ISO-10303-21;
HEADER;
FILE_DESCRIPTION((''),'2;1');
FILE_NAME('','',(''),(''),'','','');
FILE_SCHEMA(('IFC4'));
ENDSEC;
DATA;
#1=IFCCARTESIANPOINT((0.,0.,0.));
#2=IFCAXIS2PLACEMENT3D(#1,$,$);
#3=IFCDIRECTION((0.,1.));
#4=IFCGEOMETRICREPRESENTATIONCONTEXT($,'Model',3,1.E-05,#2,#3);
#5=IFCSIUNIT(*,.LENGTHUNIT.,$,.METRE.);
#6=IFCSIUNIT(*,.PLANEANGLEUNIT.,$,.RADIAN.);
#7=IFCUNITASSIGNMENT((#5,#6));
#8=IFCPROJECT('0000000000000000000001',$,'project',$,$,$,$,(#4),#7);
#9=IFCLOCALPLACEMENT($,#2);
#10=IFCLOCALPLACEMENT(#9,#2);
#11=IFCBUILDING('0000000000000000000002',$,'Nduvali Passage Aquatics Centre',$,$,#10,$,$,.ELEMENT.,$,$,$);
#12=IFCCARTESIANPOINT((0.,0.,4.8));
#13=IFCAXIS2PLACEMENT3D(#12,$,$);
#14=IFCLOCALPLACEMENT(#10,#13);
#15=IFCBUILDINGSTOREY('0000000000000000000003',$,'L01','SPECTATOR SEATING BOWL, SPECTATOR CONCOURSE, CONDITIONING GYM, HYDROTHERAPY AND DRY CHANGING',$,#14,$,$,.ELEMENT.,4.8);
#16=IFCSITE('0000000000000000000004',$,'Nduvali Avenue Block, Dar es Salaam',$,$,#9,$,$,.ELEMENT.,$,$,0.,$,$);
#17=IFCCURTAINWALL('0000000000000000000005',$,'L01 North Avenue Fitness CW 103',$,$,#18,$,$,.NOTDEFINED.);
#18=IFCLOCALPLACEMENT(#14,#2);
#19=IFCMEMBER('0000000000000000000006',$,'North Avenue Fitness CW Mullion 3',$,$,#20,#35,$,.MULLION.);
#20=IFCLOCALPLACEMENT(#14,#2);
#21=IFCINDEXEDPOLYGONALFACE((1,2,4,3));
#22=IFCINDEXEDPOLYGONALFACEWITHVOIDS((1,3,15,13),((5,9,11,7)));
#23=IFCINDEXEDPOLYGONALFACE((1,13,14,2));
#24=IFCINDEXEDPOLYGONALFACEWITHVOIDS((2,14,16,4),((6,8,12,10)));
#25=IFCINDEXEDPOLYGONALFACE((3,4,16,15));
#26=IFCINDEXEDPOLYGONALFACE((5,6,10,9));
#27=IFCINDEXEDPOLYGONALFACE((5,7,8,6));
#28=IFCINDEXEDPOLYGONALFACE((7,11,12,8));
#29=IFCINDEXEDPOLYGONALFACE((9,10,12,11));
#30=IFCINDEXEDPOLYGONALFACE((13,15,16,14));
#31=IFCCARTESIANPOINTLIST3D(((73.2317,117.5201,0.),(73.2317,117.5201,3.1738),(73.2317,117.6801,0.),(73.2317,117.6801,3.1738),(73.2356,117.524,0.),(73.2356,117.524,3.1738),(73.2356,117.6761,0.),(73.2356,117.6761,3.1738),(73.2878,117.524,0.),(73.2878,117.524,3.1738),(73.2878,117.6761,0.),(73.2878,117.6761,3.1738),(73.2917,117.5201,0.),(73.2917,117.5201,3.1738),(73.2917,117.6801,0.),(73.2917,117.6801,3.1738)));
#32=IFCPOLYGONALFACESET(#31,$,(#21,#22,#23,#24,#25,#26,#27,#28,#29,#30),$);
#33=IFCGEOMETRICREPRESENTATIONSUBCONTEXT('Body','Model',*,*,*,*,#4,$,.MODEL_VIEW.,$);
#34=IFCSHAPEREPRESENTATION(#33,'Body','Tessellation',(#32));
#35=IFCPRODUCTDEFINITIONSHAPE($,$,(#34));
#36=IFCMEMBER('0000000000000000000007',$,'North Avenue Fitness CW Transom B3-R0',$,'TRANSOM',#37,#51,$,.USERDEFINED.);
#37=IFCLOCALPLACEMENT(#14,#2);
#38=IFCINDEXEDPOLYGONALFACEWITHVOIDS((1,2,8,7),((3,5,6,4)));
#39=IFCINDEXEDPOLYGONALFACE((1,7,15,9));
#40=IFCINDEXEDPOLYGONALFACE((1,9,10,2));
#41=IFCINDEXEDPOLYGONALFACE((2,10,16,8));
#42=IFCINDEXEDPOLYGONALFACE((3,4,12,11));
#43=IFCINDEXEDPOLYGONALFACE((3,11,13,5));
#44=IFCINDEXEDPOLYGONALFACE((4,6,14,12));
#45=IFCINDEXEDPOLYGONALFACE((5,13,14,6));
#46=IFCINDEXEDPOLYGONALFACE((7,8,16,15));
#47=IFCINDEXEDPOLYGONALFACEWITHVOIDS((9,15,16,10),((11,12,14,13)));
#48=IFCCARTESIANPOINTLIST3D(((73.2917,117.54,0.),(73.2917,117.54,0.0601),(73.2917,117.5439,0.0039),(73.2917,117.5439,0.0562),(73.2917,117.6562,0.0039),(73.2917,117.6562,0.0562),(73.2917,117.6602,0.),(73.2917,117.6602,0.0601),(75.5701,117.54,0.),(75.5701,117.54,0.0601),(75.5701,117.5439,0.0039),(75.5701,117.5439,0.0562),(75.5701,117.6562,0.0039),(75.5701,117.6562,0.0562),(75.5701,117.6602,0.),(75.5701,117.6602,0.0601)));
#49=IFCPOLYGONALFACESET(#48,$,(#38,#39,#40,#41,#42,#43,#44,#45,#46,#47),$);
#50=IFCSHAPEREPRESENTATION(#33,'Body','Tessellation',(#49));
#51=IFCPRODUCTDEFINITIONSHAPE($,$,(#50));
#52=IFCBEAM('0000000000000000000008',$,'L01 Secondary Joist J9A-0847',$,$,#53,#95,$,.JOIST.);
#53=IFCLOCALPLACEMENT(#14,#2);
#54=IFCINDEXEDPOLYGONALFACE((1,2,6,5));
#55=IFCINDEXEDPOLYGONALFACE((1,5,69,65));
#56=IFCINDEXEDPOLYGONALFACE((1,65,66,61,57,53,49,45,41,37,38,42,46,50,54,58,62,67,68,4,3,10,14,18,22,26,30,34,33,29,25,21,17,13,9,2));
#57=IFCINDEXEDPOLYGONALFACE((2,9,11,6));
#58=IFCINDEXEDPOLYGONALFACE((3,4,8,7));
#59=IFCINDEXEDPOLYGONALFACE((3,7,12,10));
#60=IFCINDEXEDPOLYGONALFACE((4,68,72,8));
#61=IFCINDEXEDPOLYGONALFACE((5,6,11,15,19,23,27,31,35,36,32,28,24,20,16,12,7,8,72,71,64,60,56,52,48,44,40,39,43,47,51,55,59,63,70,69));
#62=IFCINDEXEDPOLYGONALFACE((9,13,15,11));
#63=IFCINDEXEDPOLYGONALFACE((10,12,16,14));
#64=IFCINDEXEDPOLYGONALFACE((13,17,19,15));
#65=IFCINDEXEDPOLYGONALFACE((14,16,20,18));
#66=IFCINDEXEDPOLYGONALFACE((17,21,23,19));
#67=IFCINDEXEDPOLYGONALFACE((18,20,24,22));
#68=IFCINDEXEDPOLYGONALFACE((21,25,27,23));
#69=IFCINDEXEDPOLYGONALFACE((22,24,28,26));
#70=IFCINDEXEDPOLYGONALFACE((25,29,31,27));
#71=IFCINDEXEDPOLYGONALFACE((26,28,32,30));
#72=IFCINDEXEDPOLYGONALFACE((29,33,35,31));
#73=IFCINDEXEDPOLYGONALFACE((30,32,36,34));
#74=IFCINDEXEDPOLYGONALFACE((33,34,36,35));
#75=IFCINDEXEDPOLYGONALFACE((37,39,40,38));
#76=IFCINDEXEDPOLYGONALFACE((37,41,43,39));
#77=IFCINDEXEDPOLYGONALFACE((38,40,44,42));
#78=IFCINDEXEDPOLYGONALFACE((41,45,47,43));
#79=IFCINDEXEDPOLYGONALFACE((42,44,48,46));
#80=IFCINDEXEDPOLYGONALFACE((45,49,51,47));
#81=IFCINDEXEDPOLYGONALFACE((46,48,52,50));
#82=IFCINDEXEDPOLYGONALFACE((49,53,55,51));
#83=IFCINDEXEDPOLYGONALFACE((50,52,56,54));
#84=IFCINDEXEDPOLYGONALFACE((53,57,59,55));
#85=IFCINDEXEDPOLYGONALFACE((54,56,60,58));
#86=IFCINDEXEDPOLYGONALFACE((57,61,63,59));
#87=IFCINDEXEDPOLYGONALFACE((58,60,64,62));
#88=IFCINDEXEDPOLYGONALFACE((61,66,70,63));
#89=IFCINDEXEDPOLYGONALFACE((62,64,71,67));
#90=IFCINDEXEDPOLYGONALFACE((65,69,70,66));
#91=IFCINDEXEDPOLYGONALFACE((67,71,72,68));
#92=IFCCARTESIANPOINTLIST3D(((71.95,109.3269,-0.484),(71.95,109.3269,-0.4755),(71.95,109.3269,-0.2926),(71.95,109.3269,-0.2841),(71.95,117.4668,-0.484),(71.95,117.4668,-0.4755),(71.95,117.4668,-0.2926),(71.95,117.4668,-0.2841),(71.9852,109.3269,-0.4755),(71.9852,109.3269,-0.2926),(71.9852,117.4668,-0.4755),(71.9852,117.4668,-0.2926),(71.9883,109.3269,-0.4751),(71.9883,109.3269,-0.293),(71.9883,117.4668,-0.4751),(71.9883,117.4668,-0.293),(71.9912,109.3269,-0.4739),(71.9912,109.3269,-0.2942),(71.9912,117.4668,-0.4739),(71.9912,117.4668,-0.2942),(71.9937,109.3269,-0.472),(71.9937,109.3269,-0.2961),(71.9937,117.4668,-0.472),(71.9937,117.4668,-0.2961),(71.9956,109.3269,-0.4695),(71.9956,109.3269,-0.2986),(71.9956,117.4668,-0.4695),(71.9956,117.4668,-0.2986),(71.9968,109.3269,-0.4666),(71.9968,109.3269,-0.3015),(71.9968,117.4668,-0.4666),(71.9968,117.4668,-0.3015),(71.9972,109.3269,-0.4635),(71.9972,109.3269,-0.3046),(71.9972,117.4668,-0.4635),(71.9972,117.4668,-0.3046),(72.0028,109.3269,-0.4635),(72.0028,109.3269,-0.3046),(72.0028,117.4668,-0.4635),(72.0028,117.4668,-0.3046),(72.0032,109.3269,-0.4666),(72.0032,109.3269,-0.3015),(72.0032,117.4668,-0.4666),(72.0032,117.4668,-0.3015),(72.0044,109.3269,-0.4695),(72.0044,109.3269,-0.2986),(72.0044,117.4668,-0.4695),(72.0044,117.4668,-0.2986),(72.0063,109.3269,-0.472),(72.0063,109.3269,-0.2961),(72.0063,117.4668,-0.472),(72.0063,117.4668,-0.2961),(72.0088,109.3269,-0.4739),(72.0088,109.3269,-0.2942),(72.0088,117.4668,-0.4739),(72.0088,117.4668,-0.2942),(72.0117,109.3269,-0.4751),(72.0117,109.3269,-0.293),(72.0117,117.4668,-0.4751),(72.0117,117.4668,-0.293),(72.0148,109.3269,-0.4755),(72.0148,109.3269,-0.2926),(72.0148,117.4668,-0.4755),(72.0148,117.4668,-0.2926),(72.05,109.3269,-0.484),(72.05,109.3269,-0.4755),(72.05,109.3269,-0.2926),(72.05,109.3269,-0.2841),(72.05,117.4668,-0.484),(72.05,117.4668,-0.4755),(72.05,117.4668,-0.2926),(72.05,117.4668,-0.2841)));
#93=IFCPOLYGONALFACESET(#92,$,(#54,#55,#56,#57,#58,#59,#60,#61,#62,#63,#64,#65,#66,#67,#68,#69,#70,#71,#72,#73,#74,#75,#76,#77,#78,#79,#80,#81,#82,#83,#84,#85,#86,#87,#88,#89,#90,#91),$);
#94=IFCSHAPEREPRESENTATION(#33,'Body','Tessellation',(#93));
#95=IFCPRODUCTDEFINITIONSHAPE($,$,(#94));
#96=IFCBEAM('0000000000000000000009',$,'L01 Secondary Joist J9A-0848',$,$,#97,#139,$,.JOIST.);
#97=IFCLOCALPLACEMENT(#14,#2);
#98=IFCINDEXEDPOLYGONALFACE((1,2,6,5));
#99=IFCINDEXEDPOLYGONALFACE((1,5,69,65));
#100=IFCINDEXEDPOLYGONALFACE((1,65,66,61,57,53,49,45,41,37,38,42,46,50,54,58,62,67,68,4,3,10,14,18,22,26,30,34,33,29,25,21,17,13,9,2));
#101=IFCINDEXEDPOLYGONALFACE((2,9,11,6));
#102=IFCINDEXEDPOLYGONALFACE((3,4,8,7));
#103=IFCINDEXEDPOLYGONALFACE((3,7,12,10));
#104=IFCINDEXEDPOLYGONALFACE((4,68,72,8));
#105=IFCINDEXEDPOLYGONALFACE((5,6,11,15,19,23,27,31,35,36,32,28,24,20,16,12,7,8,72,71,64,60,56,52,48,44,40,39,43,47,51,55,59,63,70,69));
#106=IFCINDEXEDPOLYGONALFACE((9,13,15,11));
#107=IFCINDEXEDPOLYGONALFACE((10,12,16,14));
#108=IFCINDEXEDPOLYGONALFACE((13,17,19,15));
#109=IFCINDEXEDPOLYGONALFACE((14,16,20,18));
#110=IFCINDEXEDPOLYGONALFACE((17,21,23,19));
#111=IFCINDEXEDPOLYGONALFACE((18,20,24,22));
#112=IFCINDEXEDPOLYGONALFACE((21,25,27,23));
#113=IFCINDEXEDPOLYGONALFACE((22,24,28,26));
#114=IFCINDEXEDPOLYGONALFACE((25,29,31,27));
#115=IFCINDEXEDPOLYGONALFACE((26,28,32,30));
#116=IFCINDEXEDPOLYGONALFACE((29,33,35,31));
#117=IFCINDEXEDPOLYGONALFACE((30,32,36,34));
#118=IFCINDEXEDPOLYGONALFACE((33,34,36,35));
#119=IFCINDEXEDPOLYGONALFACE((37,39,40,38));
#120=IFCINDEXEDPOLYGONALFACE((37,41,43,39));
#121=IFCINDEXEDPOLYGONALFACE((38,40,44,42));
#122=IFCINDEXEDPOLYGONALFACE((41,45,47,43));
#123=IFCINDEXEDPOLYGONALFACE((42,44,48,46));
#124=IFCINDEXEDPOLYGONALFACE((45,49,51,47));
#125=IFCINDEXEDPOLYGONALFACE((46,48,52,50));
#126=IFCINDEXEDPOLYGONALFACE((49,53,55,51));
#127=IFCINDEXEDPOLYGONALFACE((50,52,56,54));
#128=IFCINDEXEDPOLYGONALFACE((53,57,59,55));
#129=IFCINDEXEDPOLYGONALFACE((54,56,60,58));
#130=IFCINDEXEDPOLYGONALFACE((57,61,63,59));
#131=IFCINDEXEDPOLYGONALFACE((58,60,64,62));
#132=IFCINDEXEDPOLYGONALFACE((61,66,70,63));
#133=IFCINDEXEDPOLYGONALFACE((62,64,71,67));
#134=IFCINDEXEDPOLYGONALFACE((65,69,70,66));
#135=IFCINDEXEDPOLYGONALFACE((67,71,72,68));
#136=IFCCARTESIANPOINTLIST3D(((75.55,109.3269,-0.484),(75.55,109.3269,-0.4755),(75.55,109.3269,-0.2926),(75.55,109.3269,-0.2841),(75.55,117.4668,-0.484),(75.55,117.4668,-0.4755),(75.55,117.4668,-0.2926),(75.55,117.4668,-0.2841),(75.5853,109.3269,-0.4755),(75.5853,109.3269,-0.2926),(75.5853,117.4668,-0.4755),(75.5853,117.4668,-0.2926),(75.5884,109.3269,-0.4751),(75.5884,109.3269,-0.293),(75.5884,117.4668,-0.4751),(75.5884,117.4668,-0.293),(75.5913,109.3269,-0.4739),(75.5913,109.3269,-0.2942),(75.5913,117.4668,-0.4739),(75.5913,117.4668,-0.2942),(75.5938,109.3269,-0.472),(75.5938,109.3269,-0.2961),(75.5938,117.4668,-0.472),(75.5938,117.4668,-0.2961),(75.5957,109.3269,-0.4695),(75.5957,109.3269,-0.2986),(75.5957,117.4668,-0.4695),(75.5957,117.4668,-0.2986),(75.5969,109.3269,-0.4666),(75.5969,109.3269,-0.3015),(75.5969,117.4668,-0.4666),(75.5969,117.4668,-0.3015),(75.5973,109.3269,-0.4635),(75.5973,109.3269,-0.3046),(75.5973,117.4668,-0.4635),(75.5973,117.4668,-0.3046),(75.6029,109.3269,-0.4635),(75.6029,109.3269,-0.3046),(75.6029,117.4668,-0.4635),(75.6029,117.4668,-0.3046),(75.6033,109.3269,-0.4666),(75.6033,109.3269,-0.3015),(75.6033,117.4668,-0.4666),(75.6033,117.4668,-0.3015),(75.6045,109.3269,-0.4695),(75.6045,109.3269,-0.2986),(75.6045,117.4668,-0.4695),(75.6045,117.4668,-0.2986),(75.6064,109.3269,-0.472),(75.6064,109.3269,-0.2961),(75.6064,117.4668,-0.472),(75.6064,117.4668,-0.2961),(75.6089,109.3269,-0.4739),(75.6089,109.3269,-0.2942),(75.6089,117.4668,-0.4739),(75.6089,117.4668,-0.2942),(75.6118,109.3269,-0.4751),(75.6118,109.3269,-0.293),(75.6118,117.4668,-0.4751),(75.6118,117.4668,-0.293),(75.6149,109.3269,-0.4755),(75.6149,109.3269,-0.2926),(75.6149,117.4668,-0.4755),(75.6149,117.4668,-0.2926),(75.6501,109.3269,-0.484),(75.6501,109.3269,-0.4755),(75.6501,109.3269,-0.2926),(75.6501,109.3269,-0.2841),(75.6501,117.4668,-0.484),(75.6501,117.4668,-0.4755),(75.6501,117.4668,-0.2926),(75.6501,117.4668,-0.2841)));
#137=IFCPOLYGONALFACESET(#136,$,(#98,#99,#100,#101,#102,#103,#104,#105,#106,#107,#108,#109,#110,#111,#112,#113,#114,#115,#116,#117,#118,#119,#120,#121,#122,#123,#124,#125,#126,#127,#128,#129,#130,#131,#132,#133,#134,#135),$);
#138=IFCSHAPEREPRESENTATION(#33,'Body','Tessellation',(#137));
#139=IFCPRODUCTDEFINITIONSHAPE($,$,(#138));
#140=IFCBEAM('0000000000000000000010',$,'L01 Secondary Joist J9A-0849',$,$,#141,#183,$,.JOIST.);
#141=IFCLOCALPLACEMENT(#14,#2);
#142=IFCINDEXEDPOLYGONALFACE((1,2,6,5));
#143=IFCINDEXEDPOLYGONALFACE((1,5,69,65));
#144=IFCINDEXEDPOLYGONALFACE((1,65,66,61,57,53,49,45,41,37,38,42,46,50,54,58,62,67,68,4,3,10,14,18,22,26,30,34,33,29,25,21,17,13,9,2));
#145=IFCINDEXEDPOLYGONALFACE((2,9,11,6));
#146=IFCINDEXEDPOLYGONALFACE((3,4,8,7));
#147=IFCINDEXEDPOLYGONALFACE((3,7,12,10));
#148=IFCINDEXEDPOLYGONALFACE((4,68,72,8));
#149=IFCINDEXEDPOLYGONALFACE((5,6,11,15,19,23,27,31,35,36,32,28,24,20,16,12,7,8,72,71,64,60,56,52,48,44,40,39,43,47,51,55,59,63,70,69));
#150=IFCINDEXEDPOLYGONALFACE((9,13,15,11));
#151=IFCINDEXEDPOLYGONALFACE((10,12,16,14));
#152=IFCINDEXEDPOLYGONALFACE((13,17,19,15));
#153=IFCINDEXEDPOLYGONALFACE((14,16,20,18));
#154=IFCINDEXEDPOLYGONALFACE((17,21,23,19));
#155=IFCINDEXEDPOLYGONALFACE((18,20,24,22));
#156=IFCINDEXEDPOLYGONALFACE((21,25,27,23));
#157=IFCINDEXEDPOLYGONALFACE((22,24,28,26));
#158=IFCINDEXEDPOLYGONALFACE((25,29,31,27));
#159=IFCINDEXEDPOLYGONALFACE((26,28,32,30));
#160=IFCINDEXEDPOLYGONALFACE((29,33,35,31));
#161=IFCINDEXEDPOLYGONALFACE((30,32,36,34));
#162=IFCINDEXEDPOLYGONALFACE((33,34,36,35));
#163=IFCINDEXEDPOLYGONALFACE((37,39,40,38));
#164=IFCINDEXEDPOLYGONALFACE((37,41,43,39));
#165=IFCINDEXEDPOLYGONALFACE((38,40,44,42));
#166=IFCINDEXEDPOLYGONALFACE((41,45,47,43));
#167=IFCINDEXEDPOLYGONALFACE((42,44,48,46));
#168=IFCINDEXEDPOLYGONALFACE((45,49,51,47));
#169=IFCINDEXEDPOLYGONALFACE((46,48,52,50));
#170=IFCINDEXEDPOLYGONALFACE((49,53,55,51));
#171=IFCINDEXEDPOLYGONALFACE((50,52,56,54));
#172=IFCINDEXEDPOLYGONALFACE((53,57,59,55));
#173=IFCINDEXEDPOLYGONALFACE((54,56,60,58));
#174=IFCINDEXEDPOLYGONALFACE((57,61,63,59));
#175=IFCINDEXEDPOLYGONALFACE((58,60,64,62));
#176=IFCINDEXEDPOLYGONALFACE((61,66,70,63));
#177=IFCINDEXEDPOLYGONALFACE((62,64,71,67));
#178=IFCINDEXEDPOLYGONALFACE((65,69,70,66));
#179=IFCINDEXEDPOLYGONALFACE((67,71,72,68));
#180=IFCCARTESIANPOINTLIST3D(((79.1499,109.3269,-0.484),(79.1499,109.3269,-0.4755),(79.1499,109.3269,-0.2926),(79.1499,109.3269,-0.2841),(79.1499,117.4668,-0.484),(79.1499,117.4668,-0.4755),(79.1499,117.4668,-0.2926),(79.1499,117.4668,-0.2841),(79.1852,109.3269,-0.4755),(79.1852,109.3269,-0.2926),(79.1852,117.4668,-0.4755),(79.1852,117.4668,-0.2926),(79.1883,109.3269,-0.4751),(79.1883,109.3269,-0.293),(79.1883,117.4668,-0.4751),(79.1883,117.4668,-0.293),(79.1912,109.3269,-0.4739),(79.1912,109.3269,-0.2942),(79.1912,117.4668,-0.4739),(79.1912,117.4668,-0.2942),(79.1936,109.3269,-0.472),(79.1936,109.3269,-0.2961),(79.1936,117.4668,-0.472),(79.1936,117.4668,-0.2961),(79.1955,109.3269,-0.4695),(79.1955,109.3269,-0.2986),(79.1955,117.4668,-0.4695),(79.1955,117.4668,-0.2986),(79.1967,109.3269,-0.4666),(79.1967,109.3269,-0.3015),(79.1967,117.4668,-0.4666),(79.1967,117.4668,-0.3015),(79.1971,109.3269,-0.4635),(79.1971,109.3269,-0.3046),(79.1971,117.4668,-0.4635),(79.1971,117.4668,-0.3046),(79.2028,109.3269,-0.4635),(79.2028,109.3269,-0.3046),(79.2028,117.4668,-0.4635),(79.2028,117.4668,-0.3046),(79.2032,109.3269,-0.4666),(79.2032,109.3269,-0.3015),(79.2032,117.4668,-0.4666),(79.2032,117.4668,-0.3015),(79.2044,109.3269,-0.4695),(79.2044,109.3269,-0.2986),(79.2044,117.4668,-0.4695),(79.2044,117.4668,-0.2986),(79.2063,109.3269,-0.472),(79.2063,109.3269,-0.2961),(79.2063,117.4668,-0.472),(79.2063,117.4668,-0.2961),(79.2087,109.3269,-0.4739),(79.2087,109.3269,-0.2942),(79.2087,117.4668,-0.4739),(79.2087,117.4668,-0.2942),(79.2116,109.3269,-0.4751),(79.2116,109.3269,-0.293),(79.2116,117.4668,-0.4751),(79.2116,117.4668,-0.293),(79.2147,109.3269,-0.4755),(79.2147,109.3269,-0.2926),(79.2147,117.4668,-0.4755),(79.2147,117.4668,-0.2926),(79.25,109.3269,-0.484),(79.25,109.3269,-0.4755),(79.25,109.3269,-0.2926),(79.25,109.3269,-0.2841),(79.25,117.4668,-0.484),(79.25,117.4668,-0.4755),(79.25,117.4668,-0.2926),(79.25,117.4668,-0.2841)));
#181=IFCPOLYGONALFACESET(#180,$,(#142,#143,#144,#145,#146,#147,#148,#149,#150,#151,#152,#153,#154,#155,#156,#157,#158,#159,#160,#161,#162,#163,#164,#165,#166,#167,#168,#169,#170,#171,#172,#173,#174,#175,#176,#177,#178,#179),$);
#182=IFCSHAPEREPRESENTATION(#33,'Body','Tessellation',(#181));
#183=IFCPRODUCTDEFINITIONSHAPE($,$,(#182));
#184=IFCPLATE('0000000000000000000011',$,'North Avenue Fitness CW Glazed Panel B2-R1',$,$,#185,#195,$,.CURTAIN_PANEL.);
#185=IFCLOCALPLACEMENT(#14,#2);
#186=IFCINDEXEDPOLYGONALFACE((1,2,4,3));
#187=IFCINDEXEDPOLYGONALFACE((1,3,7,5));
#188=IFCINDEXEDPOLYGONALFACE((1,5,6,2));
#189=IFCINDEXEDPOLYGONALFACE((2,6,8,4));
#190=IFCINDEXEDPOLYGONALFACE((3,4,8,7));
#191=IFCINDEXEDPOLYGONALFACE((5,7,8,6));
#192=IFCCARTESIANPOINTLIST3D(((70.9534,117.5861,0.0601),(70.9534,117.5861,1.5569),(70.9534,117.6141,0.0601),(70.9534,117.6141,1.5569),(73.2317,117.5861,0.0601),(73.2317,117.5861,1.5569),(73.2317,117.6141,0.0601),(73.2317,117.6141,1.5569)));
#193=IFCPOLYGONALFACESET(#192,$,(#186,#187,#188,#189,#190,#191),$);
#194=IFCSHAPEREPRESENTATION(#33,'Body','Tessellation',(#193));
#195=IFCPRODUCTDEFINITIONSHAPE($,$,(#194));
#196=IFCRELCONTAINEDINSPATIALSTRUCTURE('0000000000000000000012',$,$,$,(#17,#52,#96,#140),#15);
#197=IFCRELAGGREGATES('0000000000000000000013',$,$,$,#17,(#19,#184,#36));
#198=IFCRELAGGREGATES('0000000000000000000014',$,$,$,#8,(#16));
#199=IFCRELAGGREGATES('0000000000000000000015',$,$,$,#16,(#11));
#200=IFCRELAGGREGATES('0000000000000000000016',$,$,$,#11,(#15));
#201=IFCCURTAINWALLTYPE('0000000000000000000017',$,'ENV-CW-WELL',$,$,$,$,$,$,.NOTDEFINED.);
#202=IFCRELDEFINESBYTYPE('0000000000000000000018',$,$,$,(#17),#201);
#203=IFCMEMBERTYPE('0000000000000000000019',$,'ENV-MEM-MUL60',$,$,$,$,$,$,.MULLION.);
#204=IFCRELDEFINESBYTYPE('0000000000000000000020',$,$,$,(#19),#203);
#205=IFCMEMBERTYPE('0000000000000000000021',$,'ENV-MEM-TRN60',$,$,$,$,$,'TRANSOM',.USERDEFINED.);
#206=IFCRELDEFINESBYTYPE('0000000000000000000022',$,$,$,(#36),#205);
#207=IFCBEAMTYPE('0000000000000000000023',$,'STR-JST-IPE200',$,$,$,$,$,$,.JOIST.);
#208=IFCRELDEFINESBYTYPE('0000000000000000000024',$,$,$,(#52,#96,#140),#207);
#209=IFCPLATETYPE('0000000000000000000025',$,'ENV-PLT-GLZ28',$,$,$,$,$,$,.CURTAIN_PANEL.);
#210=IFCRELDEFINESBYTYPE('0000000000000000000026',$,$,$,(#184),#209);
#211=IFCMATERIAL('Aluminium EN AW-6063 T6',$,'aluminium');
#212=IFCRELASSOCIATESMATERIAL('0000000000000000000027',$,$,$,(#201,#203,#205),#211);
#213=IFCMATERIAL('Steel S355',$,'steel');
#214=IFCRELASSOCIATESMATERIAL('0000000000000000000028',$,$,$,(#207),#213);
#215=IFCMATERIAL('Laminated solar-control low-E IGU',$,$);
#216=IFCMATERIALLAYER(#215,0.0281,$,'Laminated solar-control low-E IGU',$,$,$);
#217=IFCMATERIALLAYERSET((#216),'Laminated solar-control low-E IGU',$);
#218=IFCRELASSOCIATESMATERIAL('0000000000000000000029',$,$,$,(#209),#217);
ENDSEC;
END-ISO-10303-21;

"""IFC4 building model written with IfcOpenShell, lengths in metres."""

from ifc_helpers import new_model, si_unit, direction, frame, origin, origin_2d, place, context, subcontext, project, spatial, rectangle, hollow_rectangle, i_section, extrude, material, layer, layer_set, material_profile, profile_set, type_object, element, aggregate, save


model = new_model("IFC4")

# Units and contexts
model_context = context("Model", 3, precision=1e-05, world=origin(), true_north=direction((0.0, 1.0)))
body_context = subcontext(model_context, "Body", "Model", "MODEL_VIEW")
ifc_project = project(units=[si_unit("LENGTHUNIT", "METRE"), si_unit("PLANEANGLEUNIT", "RADIAN")], contexts=[model_context])

# Site, building, storey
site_placement = place(None, origin())
site = spatial("IfcSite", under=ifc_project, at=site_placement, Name="Nduvali Avenue Block, Dar es Salaam", CompositionType="ELEMENT", RefElevation=0.0)
building_placement = place(site_placement, origin())
building = spatial("IfcBuilding", under=site, at=building_placement, Name="Nduvali Passage Aquatics Centre", CompositionType="ELEMENT")
storey_placement = place(building_placement, frame((0.0, 0.0, 4.8)))
storey = spatial("IfcBuildingStorey", under=building, at=storey_placement, Name="L01", Description="SPECTATOR SEATING BOWL, SPECTATOR CONCOURSE, CONDITIONING GYM, HYDROTHERAPY AND DRY CHANGING", CompositionType="ELEMENT", Elevation=4.8)

# Curtain wall, members
ifc_material_1 = material(Name="Aluminium EN AW-6063 T6", Category="aluminium")
curtain_wall_type = type_object("IfcCurtainWallType", Name="ENV-CW-WELL", PredefinedType="NOTDEFINED", material=ifc_material_1)
curtain_wall_placement = place(storey_placement, origin())
curtain_wall = element("IfcCurtainWall", 1, at=curtain_wall_placement, inside=storey, type_object=curtain_wall_type, Name="L01 North Avenue Fitness CW 103", PredefinedType="NOTDEFINED")
ifc_material_profile_1 = material_profile(ifc_material_1, hollow_rectangle(XDim=0.0601, YDim=0.1599, WallThickness=0.0039, at=origin_2d()), Name="ALU MULLION 60x160x4")
ifc_profile_set_1 = profile_set([ifc_material_profile_1], Name="Aluminium EN AW-6063 T6")
member_type_1 = type_object("IfcMemberType", Name="ENV-MEM-MUL60", PredefinedType="MULLION", material=ifc_profile_set_1)
member_1_placement = place(storey_placement, frame((73.2617, 117.6001, 0.0), z_axis=(0.0, 0.0, 1.0), x_axis=(1.0, 0.0, 0.0)))
member_1 = element("IfcMember", 2, at=member_1_placement, type_object=member_type_1, Name="North Avenue Fitness CW Mullion 3", PredefinedType="MULLION", context=body_context, shape_type="SweptSolid", body=[
    extrude(hollow_rectangle(XDim=0.0601, YDim=0.1599, WallThickness=0.0039, at=origin_2d()), origin(), (0.0, 0.0, 1.0), 3.1738),
])
ifc_material_profile_2 = material_profile(ifc_material_1, hollow_rectangle(XDim=0.1201, YDim=0.0601, WallThickness=0.0039, at=origin_2d()), Name="ALU TRANSOM 120x60x4")
ifc_profile_set_2 = profile_set([ifc_material_profile_2], Name="Aluminium EN AW-6063 T6")
member_type_2 = type_object("IfcMemberType", Name="ENV-MEM-TRN60", ElementType="TRANSOM", PredefinedType="USERDEFINED", material=ifc_profile_set_2)
member_2_placement = place(storey_placement, frame((73.2917, 117.6001, 0.03), z_axis=(1.0, 0.0, 0.0), x_axis=(0.0, 1.0, 0.0)))
member_2 = element("IfcMember", 3, at=member_2_placement, type_object=member_type_2, Name="North Avenue Fitness CW Transom B3-R0", ObjectType="TRANSOM", PredefinedType="USERDEFINED", context=body_context, shape_type="SweptSolid", body=[
    extrude(hollow_rectangle(XDim=0.1201, YDim=0.0601, WallThickness=0.0039, at=origin_2d()), origin(), (0.0, 0.0, 1.0), 2.2783),
])

# Beams
ifc_material_2 = material(Name="Steel S355", Category="steel")
ifc_material_profile_3 = material_profile(ifc_material_2, i_section(OverallWidth=0.1001, OverallDepth=0.2, WebThickness=0.0056, FlangeThickness=0.0085, FilletRadius=0.012, at=origin_2d()), Name="IPE 200")
ifc_profile_set_3 = profile_set([ifc_material_profile_3], Name="Steel S355")
beam_type = type_object("IfcBeamType", Name="STR-JST-IPE200", PredefinedType="JOIST", material=ifc_profile_set_3)
for number, where, z_axis, x_axis, name in (
    (4, (72.0, 109.3269, -0.384), (0.0, 1.0, 0.0), (-1.0, 0.0, 0.0), "L01 Secondary Joist J9A-0847"),
    (5, (75.6001, 109.3269, -0.384), (0.0, 1.0, 0.0), (-1.0, 0.0, 0.0), "L01 Secondary Joist J9A-0848"),
    (6, (79.2, 109.3269, -0.384), (0.0, 1.0, 0.0), (-1.0, 0.0, 0.0), "L01 Secondary Joist J9A-0849"),
):
    element("IfcBeam", number, at=place(storey_placement, frame(where, z_axis=z_axis, x_axis=x_axis)), inside=storey, type_object=beam_type, Name=name, PredefinedType="JOIST", context=body_context, shape_type="SweptSolid", body=[
        extrude(i_section(OverallWidth=0.1001, OverallDepth=0.2, WebThickness=0.0056, FlangeThickness=0.0085, FilletRadius=0.012, at=origin_2d()), origin(), (0.0, 0.0, 1.0), 8.1399),
    ])

# Plate
ifc_material_3 = material(Name="Laminated solar-control low-E IGU")
ifc_layer_1 = layer(ifc_material_3, 0.0281, Name="Laminated solar-control low-E IGU")
ifc_layer_set_1 = layer_set([ifc_layer_1], Name="Laminated solar-control low-E IGU")
plate_type = type_object("IfcPlateType", Name="ENV-PLT-GLZ28", PredefinedType="CURTAIN_PANEL", material=ifc_layer_set_1)
plate_1_placement = place(storey_placement, frame((72.0925, 117.6001, 0.0601), z_axis=(0.0, 0.0, 1.0), x_axis=(1.0, 0.0, 0.0)))
plate_1 = element("IfcPlate", 7, at=plate_1_placement, type_object=plate_type, Name="North Avenue Fitness CW Glazed Panel B2-R1", PredefinedType="CURTAIN_PANEL", context=body_context, shape_type="SweptSolid", body=[
    extrude(rectangle(XDim=2.2783, YDim=0.0281, at=origin_2d()), origin(), (0.0, 0.0, 1.0), 1.4968),
])
aggregate(curtain_wall, [member_1, plate_1, member_2])

save(model, "model.ifc")
